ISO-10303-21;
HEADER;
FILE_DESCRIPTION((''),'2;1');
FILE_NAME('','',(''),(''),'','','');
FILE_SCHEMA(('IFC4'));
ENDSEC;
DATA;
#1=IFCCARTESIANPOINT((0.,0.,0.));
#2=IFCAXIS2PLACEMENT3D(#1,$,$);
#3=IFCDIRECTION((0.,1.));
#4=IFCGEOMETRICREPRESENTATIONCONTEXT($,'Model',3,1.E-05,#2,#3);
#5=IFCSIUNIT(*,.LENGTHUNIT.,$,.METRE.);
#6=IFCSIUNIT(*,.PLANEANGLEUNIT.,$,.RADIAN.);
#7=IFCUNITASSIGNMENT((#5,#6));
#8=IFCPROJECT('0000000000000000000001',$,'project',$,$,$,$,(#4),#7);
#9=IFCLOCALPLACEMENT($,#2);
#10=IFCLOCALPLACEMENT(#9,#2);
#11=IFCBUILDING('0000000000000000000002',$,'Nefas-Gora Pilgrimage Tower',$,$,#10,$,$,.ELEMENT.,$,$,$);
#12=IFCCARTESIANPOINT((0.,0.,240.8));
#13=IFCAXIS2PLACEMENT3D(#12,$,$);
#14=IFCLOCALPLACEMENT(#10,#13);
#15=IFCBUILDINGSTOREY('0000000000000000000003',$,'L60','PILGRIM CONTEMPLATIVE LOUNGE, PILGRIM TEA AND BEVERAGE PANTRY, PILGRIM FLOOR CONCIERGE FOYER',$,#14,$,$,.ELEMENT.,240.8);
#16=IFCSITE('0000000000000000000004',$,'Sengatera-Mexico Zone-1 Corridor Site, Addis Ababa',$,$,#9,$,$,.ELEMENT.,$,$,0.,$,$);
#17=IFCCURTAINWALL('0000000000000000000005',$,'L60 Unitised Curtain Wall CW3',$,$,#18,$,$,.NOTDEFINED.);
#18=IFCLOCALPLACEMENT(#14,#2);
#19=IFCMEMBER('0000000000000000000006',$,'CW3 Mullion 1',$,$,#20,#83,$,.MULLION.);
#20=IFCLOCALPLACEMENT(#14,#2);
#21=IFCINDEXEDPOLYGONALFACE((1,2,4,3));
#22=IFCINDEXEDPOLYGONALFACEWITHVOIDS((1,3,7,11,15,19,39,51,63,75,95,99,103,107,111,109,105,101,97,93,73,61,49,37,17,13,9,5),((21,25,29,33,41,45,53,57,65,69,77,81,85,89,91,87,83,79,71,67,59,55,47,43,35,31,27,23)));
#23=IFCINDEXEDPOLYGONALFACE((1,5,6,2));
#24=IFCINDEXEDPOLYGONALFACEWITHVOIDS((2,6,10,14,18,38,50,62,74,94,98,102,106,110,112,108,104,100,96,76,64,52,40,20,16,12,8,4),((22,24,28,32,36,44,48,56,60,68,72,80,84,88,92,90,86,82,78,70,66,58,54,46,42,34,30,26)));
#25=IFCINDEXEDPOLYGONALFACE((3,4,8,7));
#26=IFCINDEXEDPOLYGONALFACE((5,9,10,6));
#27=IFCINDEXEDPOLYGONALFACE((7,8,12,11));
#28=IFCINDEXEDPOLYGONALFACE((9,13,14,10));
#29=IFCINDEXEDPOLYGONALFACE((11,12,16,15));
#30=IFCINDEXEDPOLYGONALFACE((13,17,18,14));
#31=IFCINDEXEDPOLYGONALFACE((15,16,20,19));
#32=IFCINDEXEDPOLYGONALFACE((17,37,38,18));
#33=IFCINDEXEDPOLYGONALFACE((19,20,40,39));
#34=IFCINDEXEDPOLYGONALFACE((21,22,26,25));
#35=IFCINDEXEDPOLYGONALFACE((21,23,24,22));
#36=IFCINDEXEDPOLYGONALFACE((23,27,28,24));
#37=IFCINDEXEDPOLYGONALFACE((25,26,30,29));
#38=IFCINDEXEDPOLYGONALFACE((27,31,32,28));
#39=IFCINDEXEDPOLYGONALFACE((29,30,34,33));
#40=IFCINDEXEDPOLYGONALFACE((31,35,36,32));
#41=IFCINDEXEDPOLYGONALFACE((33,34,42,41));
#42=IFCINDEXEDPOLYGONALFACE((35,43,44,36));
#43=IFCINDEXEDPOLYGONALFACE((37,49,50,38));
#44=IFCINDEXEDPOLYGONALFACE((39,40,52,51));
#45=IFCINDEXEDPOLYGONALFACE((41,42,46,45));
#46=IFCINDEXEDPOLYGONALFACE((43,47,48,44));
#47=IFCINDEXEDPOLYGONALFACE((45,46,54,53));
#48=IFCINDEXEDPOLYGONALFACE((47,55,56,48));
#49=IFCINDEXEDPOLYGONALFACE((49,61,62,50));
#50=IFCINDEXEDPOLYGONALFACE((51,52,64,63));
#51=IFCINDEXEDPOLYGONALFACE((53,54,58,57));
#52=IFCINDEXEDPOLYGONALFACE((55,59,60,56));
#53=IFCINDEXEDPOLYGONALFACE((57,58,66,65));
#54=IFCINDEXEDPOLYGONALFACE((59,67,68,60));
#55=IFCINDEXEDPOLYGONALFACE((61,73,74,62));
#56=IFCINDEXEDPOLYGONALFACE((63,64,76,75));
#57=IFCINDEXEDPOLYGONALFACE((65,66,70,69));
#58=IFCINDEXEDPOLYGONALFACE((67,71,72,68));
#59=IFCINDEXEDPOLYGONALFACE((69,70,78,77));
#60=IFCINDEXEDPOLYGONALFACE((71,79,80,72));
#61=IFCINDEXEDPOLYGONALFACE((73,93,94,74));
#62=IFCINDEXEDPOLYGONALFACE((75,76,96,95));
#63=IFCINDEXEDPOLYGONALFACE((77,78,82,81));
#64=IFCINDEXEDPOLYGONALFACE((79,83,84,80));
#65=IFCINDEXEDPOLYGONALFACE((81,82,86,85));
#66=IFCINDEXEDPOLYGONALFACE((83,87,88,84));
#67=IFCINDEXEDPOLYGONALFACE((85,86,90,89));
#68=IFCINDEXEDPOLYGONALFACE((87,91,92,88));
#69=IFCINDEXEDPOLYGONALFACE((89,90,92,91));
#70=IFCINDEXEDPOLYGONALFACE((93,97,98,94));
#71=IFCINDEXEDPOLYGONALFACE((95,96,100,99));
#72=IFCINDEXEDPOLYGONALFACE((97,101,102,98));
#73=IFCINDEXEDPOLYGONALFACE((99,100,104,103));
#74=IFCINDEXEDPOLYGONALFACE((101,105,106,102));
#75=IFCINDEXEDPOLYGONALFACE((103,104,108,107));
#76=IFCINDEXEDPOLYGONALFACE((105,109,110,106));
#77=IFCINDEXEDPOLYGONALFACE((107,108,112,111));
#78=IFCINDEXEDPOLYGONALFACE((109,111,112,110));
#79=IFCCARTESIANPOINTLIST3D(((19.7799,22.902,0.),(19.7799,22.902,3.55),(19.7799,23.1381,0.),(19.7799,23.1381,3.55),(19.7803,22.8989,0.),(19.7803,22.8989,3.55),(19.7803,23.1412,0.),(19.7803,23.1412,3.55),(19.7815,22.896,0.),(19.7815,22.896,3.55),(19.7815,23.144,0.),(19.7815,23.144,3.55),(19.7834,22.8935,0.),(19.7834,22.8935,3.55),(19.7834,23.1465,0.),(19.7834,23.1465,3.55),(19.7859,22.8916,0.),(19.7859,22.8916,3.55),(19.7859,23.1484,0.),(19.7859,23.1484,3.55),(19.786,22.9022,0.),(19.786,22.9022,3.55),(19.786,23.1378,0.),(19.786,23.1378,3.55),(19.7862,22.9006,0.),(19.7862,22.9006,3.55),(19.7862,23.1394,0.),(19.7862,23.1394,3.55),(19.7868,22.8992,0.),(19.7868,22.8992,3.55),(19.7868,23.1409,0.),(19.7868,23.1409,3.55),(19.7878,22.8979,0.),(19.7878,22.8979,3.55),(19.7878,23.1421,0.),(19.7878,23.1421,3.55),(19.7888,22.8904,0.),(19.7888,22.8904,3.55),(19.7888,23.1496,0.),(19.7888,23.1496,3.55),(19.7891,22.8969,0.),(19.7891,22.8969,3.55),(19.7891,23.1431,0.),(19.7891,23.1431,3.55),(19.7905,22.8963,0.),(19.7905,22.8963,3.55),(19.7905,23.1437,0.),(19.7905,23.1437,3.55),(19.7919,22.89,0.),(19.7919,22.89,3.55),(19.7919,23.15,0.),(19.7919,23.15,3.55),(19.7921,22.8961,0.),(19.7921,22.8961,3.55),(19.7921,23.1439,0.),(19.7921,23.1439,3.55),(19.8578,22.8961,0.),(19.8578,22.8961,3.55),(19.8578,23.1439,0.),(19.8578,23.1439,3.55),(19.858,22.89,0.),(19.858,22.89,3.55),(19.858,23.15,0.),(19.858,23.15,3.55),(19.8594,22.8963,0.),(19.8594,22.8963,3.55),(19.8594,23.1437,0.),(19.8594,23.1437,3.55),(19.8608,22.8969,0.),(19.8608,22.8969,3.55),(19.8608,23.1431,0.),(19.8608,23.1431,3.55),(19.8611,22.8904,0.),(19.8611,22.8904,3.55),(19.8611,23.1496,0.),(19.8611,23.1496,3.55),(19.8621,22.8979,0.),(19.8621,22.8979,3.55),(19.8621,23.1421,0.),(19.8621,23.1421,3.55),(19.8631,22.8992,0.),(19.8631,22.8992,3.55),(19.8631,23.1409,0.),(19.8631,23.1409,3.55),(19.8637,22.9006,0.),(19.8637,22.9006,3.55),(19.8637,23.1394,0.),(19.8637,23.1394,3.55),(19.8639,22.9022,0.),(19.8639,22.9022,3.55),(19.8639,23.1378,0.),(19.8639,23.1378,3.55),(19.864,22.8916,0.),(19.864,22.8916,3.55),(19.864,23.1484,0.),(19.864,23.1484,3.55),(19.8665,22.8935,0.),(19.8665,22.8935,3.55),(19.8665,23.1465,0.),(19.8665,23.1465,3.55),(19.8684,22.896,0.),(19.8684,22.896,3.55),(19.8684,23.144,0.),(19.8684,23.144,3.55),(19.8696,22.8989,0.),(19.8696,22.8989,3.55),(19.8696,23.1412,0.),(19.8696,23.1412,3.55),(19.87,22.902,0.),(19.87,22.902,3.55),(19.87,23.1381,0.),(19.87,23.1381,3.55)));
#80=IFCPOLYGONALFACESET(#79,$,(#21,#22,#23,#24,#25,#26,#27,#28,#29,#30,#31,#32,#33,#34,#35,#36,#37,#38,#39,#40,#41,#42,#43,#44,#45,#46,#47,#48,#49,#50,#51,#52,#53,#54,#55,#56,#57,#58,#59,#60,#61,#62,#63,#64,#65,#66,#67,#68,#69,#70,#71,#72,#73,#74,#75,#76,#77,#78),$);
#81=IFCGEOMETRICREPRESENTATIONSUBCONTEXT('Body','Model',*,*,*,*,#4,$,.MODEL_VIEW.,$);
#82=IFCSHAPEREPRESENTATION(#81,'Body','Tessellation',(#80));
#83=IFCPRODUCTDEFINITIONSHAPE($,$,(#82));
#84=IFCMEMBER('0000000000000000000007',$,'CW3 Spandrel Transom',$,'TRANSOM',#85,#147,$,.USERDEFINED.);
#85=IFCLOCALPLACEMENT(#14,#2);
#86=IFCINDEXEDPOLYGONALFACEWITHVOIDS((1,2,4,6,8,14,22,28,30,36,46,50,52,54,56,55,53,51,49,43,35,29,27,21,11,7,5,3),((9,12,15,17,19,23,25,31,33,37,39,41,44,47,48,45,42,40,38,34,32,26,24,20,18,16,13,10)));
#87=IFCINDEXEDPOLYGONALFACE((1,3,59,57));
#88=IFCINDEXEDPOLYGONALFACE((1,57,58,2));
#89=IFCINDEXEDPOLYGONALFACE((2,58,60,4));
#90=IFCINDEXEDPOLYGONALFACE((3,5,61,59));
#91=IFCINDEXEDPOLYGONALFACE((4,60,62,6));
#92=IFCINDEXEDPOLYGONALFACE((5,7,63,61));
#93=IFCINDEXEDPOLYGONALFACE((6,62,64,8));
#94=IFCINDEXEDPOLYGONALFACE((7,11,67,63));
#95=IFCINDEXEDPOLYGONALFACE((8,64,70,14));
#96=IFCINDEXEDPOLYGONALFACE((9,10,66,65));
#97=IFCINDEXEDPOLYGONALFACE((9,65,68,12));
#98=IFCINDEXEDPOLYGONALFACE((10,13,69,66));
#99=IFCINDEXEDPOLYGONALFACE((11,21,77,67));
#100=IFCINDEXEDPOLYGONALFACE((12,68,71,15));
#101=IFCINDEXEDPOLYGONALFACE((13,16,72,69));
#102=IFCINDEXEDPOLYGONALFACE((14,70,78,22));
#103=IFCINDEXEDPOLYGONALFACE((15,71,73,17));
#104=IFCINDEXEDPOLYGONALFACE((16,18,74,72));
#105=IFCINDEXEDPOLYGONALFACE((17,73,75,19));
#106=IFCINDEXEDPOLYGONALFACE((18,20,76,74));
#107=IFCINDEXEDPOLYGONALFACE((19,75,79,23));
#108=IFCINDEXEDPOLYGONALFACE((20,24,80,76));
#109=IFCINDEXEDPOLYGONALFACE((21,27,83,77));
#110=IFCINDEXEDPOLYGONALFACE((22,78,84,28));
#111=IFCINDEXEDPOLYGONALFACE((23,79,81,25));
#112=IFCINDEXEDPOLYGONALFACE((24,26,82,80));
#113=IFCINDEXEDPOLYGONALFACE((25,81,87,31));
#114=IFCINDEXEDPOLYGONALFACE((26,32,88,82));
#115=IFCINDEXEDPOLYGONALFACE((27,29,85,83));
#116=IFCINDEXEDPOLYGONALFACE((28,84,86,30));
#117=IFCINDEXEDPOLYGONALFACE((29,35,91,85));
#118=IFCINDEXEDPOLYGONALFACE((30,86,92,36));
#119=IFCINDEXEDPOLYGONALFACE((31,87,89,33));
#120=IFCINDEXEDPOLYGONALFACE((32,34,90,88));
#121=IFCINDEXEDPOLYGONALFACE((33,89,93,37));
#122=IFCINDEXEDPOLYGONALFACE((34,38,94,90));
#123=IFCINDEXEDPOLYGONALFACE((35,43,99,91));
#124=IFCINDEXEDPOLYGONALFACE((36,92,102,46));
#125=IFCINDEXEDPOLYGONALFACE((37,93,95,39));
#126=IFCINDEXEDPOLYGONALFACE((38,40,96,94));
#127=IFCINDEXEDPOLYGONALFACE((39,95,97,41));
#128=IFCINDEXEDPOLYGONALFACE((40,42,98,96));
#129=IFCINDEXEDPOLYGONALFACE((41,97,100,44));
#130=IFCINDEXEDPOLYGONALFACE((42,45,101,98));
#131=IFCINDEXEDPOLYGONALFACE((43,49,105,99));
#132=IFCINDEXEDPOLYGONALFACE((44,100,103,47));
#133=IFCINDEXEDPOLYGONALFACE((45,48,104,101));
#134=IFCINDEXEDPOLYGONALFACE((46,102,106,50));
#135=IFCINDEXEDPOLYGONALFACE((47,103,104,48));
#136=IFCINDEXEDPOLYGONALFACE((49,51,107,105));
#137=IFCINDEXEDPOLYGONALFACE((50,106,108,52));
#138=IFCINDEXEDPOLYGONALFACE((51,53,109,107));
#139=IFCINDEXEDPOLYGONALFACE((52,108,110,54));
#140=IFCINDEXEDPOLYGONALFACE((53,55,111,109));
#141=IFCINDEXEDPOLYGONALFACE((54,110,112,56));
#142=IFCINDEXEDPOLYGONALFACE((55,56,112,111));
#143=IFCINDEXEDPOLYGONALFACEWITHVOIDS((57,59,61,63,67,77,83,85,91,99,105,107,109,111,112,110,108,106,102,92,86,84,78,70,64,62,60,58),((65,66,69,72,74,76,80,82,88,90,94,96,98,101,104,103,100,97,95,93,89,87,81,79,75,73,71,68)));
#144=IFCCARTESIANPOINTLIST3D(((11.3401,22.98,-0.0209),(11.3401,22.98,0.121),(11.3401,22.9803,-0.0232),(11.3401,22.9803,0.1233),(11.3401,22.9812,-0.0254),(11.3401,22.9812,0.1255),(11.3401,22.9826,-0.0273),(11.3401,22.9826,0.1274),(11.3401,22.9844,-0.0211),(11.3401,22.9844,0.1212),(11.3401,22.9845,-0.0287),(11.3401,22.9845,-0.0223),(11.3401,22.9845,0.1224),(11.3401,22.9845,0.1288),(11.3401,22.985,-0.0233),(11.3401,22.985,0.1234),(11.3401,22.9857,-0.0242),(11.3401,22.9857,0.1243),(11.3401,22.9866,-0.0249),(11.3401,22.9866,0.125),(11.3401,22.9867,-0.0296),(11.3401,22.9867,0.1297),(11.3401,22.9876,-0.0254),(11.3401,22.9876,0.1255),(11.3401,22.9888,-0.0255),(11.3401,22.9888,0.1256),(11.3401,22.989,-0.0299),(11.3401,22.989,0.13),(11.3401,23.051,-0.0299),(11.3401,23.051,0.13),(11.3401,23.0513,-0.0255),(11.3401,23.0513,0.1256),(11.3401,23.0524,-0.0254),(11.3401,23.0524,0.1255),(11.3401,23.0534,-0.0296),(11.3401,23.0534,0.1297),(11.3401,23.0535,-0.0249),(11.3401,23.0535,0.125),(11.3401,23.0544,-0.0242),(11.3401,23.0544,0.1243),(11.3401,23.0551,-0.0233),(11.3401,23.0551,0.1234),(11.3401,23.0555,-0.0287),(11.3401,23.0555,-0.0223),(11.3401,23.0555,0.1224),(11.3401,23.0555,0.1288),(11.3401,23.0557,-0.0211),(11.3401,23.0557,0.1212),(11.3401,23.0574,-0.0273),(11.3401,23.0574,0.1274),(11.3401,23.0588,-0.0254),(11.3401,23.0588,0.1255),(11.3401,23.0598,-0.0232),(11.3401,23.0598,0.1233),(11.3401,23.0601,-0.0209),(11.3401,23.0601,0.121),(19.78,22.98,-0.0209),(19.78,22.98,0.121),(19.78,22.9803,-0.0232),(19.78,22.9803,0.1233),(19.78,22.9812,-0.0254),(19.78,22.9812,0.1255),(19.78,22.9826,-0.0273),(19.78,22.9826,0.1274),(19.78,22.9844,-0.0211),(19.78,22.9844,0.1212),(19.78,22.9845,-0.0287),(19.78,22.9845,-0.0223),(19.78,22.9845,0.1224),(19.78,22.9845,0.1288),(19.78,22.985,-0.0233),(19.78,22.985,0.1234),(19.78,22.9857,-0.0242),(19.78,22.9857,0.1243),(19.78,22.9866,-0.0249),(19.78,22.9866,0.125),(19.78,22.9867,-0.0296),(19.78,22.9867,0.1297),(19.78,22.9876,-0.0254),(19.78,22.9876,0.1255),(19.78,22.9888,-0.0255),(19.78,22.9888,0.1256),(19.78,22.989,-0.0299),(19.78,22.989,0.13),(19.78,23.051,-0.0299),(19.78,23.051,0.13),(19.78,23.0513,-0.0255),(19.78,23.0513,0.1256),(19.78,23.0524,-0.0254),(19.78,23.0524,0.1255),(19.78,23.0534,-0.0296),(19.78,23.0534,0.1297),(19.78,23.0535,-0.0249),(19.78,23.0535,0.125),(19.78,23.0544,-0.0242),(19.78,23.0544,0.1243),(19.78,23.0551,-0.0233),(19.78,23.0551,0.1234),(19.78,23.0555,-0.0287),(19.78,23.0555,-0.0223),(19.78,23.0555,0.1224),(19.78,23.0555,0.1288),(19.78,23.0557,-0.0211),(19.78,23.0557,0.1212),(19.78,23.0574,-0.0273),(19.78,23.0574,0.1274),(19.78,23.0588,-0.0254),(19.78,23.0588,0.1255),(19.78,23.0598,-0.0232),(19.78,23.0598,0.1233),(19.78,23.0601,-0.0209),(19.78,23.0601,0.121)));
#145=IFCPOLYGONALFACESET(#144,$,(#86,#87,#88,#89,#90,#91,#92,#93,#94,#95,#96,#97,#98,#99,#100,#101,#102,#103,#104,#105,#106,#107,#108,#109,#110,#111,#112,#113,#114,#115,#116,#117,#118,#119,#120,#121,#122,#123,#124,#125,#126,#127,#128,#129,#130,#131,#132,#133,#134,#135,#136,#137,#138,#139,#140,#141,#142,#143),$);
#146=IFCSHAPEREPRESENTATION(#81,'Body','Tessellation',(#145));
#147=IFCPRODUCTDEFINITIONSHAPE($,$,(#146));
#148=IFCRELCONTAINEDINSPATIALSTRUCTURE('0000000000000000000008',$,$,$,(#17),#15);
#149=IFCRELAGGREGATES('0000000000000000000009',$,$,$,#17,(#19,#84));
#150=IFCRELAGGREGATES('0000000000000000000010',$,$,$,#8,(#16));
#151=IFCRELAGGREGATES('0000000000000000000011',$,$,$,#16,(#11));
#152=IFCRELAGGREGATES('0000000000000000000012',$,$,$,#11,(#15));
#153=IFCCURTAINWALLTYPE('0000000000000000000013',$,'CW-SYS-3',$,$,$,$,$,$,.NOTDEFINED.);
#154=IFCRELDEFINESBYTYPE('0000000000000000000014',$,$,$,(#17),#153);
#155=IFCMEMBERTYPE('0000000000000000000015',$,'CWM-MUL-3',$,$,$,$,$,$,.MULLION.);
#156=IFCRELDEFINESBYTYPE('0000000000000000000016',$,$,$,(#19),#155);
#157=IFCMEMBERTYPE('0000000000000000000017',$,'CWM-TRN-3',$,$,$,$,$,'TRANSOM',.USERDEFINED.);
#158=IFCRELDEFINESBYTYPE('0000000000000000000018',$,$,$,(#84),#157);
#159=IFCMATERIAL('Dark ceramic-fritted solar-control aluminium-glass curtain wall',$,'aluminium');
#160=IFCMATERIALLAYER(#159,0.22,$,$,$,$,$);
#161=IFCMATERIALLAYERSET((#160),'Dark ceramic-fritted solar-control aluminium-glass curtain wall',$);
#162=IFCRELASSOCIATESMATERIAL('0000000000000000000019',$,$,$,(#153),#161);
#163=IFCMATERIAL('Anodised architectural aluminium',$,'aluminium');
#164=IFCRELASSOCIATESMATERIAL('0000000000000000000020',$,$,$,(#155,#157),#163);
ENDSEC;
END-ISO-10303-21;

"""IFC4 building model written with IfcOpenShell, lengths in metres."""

from ifc_helpers import new_model, si_unit, direction, frame, origin, origin_2d, place, context, subcontext, project, spatial, hollow_rectangle, extrude, source, transform, mapped, material, layer, layer_set, material_profile, profile_set, type_object, element, aggregate, save


model = new_model("IFC4")

# Units and contexts
model_context = context("Model", 3, precision=1e-05, world=origin(), true_north=direction((0.0, 1.0)))
body_context = subcontext(model_context, "Body", "Model", "MODEL_VIEW")
ifc_project = project(units=[si_unit("LENGTHUNIT", "METRE"), si_unit("PLANEANGLEUNIT", "RADIAN")], contexts=[model_context])

# Site, building, storey
site_placement = place(None, origin())
site = spatial("IfcSite", under=ifc_project, at=site_placement, Name="Sengatera-Mexico Zone-1 Corridor Site, Addis Ababa", CompositionType="ELEMENT", RefElevation=0.0)
building_placement = place(site_placement, origin())
building = spatial("IfcBuilding", under=site, at=building_placement, Name="Nefas-Gora Pilgrimage Tower", CompositionType="ELEMENT")
storey_placement = place(building_placement, frame((0.0, 0.0, 240.8)))
storey = spatial("IfcBuildingStorey", under=building, at=storey_placement, Name="L60", Description="PILGRIM CONTEMPLATIVE LOUNGE, PILGRIM TEA AND BEVERAGE PANTRY, PILGRIM FLOOR CONCIERGE FOYER", CompositionType="ELEMENT", Elevation=240.8)

# Curtain wall, members
ifc_material_1 = material(Name="Dark ceramic-fritted solar-control aluminium-glass curtain wall", Category="aluminium")
ifc_layer_1 = layer(ifc_material_1, 0.22)
ifc_layer_set_1 = layer_set([ifc_layer_1], Name="Dark ceramic-fritted solar-control aluminium-glass curtain wall")
curtain_wall_type = type_object("IfcCurtainWallType", Name="CW-SYS-3", PredefinedType="NOTDEFINED", material=ifc_layer_set_1)
ifc_material_2 = material(Name="Anodised architectural aluminium", Category="aluminium")
ifc_material_profile_1 = material_profile(ifc_material_2, hollow_rectangle(XDim=0.0901, YDim=0.26, WallThickness=0.0061, InnerFilletRadius=0.0061, OuterFilletRadius=0.012, at=origin_2d()), Name="ALU MULLION 90x260")
ifc_profile_set_1 = profile_set([ifc_material_profile_1], Name="Anodised architectural aluminium")
member_type_1 = type_object("IfcMemberType", Name="CWM-MUL-3", PredefinedType="MULLION", material=ifc_profile_set_1)
shared_shape_1 = source(origin(), body_context, "Body", "SweptSolid", [
    extrude(hollow_rectangle(XDim=0.0901, YDim=0.26, WallThickness=0.0061, InnerFilletRadius=0.0061, OuterFilletRadius=0.012, at=origin_2d()), origin(), (0.0, 0.0, 1.0), 3.55),
])
curtain_wall_1_placement = place(storey_placement, origin())
curtain_wall_1 = element("IfcCurtainWall", 1, at=curtain_wall_1_placement, inside=storey, type_object=curtain_wall_type, Name="L60 Unitised Curtain Wall CW3", PredefinedType="NOTDEFINED")
member_1_placement = place(storey_placement, frame((19.825, 23.02, 0.0), z_axis=(0.0, 0.0, 1.0), x_axis=(-1.0, 0.0, 0.0)))
member_1 = element("IfcMember", 2, at=member_1_placement, type_object=member_type_1, Name="CW3 Mullion 1", PredefinedType="MULLION", context=body_context, shape_type="MappedRepresentation", body=[
    mapped(shared_shape_1, transform((0.0, 0.0, 0.0), x_axis=(1.0, 0.0, 0.0), y_axis=(0.0, 1.0, 0.0), z_axis=(0.0, 0.0, 1.0), scale=1.0)),
])
ifc_material_profile_2 = material_profile(ifc_material_2, hollow_rectangle(XDim=0.0801, YDim=0.1599, WallThickness=0.0044, InnerFilletRadius=0.0044, OuterFilletRadius=0.009, at=origin_2d()), Name="ALU TRANSOM 80x160")
ifc_profile_set_2 = profile_set([ifc_material_profile_2], Name="Anodised architectural aluminium")
member_type_2 = type_object("IfcMemberType", Name="CWM-TRN-3", ElementType="TRANSOM", PredefinedType="USERDEFINED", material=ifc_profile_set_2)
shared_shape_2 = source(origin(), body_context, "Body", "SweptSolid", [
    extrude(hollow_rectangle(XDim=0.0801, YDim=0.1599, WallThickness=0.0044, InnerFilletRadius=0.0044, OuterFilletRadius=0.009, at=origin_2d()), origin(), (0.0, 0.0, 1.0), 8.4399),
])
member_2_placement = place(storey_placement, frame((19.78, 23.02, 0.05), z_axis=(-1.0, 0.0, 0.0), x_axis=(0.0, -1.0, 0.0)))
member_2 = element("IfcMember", 3, at=member_2_placement, type_object=member_type_2, Name="CW3 Spandrel Transom", ObjectType="TRANSOM", PredefinedType="USERDEFINED", context=body_context, shape_type="MappedRepresentation", body=[
    mapped(shared_shape_2, transform((0.0, 0.0, 0.0), x_axis=(1.0, 0.0, 0.0), y_axis=(0.0, 1.0, 0.0), z_axis=(0.0, 0.0, 1.0), scale=1.0)),
])

aggregate(curtain_wall_1, [member_1, member_2])

save(model, "model.ifc")
